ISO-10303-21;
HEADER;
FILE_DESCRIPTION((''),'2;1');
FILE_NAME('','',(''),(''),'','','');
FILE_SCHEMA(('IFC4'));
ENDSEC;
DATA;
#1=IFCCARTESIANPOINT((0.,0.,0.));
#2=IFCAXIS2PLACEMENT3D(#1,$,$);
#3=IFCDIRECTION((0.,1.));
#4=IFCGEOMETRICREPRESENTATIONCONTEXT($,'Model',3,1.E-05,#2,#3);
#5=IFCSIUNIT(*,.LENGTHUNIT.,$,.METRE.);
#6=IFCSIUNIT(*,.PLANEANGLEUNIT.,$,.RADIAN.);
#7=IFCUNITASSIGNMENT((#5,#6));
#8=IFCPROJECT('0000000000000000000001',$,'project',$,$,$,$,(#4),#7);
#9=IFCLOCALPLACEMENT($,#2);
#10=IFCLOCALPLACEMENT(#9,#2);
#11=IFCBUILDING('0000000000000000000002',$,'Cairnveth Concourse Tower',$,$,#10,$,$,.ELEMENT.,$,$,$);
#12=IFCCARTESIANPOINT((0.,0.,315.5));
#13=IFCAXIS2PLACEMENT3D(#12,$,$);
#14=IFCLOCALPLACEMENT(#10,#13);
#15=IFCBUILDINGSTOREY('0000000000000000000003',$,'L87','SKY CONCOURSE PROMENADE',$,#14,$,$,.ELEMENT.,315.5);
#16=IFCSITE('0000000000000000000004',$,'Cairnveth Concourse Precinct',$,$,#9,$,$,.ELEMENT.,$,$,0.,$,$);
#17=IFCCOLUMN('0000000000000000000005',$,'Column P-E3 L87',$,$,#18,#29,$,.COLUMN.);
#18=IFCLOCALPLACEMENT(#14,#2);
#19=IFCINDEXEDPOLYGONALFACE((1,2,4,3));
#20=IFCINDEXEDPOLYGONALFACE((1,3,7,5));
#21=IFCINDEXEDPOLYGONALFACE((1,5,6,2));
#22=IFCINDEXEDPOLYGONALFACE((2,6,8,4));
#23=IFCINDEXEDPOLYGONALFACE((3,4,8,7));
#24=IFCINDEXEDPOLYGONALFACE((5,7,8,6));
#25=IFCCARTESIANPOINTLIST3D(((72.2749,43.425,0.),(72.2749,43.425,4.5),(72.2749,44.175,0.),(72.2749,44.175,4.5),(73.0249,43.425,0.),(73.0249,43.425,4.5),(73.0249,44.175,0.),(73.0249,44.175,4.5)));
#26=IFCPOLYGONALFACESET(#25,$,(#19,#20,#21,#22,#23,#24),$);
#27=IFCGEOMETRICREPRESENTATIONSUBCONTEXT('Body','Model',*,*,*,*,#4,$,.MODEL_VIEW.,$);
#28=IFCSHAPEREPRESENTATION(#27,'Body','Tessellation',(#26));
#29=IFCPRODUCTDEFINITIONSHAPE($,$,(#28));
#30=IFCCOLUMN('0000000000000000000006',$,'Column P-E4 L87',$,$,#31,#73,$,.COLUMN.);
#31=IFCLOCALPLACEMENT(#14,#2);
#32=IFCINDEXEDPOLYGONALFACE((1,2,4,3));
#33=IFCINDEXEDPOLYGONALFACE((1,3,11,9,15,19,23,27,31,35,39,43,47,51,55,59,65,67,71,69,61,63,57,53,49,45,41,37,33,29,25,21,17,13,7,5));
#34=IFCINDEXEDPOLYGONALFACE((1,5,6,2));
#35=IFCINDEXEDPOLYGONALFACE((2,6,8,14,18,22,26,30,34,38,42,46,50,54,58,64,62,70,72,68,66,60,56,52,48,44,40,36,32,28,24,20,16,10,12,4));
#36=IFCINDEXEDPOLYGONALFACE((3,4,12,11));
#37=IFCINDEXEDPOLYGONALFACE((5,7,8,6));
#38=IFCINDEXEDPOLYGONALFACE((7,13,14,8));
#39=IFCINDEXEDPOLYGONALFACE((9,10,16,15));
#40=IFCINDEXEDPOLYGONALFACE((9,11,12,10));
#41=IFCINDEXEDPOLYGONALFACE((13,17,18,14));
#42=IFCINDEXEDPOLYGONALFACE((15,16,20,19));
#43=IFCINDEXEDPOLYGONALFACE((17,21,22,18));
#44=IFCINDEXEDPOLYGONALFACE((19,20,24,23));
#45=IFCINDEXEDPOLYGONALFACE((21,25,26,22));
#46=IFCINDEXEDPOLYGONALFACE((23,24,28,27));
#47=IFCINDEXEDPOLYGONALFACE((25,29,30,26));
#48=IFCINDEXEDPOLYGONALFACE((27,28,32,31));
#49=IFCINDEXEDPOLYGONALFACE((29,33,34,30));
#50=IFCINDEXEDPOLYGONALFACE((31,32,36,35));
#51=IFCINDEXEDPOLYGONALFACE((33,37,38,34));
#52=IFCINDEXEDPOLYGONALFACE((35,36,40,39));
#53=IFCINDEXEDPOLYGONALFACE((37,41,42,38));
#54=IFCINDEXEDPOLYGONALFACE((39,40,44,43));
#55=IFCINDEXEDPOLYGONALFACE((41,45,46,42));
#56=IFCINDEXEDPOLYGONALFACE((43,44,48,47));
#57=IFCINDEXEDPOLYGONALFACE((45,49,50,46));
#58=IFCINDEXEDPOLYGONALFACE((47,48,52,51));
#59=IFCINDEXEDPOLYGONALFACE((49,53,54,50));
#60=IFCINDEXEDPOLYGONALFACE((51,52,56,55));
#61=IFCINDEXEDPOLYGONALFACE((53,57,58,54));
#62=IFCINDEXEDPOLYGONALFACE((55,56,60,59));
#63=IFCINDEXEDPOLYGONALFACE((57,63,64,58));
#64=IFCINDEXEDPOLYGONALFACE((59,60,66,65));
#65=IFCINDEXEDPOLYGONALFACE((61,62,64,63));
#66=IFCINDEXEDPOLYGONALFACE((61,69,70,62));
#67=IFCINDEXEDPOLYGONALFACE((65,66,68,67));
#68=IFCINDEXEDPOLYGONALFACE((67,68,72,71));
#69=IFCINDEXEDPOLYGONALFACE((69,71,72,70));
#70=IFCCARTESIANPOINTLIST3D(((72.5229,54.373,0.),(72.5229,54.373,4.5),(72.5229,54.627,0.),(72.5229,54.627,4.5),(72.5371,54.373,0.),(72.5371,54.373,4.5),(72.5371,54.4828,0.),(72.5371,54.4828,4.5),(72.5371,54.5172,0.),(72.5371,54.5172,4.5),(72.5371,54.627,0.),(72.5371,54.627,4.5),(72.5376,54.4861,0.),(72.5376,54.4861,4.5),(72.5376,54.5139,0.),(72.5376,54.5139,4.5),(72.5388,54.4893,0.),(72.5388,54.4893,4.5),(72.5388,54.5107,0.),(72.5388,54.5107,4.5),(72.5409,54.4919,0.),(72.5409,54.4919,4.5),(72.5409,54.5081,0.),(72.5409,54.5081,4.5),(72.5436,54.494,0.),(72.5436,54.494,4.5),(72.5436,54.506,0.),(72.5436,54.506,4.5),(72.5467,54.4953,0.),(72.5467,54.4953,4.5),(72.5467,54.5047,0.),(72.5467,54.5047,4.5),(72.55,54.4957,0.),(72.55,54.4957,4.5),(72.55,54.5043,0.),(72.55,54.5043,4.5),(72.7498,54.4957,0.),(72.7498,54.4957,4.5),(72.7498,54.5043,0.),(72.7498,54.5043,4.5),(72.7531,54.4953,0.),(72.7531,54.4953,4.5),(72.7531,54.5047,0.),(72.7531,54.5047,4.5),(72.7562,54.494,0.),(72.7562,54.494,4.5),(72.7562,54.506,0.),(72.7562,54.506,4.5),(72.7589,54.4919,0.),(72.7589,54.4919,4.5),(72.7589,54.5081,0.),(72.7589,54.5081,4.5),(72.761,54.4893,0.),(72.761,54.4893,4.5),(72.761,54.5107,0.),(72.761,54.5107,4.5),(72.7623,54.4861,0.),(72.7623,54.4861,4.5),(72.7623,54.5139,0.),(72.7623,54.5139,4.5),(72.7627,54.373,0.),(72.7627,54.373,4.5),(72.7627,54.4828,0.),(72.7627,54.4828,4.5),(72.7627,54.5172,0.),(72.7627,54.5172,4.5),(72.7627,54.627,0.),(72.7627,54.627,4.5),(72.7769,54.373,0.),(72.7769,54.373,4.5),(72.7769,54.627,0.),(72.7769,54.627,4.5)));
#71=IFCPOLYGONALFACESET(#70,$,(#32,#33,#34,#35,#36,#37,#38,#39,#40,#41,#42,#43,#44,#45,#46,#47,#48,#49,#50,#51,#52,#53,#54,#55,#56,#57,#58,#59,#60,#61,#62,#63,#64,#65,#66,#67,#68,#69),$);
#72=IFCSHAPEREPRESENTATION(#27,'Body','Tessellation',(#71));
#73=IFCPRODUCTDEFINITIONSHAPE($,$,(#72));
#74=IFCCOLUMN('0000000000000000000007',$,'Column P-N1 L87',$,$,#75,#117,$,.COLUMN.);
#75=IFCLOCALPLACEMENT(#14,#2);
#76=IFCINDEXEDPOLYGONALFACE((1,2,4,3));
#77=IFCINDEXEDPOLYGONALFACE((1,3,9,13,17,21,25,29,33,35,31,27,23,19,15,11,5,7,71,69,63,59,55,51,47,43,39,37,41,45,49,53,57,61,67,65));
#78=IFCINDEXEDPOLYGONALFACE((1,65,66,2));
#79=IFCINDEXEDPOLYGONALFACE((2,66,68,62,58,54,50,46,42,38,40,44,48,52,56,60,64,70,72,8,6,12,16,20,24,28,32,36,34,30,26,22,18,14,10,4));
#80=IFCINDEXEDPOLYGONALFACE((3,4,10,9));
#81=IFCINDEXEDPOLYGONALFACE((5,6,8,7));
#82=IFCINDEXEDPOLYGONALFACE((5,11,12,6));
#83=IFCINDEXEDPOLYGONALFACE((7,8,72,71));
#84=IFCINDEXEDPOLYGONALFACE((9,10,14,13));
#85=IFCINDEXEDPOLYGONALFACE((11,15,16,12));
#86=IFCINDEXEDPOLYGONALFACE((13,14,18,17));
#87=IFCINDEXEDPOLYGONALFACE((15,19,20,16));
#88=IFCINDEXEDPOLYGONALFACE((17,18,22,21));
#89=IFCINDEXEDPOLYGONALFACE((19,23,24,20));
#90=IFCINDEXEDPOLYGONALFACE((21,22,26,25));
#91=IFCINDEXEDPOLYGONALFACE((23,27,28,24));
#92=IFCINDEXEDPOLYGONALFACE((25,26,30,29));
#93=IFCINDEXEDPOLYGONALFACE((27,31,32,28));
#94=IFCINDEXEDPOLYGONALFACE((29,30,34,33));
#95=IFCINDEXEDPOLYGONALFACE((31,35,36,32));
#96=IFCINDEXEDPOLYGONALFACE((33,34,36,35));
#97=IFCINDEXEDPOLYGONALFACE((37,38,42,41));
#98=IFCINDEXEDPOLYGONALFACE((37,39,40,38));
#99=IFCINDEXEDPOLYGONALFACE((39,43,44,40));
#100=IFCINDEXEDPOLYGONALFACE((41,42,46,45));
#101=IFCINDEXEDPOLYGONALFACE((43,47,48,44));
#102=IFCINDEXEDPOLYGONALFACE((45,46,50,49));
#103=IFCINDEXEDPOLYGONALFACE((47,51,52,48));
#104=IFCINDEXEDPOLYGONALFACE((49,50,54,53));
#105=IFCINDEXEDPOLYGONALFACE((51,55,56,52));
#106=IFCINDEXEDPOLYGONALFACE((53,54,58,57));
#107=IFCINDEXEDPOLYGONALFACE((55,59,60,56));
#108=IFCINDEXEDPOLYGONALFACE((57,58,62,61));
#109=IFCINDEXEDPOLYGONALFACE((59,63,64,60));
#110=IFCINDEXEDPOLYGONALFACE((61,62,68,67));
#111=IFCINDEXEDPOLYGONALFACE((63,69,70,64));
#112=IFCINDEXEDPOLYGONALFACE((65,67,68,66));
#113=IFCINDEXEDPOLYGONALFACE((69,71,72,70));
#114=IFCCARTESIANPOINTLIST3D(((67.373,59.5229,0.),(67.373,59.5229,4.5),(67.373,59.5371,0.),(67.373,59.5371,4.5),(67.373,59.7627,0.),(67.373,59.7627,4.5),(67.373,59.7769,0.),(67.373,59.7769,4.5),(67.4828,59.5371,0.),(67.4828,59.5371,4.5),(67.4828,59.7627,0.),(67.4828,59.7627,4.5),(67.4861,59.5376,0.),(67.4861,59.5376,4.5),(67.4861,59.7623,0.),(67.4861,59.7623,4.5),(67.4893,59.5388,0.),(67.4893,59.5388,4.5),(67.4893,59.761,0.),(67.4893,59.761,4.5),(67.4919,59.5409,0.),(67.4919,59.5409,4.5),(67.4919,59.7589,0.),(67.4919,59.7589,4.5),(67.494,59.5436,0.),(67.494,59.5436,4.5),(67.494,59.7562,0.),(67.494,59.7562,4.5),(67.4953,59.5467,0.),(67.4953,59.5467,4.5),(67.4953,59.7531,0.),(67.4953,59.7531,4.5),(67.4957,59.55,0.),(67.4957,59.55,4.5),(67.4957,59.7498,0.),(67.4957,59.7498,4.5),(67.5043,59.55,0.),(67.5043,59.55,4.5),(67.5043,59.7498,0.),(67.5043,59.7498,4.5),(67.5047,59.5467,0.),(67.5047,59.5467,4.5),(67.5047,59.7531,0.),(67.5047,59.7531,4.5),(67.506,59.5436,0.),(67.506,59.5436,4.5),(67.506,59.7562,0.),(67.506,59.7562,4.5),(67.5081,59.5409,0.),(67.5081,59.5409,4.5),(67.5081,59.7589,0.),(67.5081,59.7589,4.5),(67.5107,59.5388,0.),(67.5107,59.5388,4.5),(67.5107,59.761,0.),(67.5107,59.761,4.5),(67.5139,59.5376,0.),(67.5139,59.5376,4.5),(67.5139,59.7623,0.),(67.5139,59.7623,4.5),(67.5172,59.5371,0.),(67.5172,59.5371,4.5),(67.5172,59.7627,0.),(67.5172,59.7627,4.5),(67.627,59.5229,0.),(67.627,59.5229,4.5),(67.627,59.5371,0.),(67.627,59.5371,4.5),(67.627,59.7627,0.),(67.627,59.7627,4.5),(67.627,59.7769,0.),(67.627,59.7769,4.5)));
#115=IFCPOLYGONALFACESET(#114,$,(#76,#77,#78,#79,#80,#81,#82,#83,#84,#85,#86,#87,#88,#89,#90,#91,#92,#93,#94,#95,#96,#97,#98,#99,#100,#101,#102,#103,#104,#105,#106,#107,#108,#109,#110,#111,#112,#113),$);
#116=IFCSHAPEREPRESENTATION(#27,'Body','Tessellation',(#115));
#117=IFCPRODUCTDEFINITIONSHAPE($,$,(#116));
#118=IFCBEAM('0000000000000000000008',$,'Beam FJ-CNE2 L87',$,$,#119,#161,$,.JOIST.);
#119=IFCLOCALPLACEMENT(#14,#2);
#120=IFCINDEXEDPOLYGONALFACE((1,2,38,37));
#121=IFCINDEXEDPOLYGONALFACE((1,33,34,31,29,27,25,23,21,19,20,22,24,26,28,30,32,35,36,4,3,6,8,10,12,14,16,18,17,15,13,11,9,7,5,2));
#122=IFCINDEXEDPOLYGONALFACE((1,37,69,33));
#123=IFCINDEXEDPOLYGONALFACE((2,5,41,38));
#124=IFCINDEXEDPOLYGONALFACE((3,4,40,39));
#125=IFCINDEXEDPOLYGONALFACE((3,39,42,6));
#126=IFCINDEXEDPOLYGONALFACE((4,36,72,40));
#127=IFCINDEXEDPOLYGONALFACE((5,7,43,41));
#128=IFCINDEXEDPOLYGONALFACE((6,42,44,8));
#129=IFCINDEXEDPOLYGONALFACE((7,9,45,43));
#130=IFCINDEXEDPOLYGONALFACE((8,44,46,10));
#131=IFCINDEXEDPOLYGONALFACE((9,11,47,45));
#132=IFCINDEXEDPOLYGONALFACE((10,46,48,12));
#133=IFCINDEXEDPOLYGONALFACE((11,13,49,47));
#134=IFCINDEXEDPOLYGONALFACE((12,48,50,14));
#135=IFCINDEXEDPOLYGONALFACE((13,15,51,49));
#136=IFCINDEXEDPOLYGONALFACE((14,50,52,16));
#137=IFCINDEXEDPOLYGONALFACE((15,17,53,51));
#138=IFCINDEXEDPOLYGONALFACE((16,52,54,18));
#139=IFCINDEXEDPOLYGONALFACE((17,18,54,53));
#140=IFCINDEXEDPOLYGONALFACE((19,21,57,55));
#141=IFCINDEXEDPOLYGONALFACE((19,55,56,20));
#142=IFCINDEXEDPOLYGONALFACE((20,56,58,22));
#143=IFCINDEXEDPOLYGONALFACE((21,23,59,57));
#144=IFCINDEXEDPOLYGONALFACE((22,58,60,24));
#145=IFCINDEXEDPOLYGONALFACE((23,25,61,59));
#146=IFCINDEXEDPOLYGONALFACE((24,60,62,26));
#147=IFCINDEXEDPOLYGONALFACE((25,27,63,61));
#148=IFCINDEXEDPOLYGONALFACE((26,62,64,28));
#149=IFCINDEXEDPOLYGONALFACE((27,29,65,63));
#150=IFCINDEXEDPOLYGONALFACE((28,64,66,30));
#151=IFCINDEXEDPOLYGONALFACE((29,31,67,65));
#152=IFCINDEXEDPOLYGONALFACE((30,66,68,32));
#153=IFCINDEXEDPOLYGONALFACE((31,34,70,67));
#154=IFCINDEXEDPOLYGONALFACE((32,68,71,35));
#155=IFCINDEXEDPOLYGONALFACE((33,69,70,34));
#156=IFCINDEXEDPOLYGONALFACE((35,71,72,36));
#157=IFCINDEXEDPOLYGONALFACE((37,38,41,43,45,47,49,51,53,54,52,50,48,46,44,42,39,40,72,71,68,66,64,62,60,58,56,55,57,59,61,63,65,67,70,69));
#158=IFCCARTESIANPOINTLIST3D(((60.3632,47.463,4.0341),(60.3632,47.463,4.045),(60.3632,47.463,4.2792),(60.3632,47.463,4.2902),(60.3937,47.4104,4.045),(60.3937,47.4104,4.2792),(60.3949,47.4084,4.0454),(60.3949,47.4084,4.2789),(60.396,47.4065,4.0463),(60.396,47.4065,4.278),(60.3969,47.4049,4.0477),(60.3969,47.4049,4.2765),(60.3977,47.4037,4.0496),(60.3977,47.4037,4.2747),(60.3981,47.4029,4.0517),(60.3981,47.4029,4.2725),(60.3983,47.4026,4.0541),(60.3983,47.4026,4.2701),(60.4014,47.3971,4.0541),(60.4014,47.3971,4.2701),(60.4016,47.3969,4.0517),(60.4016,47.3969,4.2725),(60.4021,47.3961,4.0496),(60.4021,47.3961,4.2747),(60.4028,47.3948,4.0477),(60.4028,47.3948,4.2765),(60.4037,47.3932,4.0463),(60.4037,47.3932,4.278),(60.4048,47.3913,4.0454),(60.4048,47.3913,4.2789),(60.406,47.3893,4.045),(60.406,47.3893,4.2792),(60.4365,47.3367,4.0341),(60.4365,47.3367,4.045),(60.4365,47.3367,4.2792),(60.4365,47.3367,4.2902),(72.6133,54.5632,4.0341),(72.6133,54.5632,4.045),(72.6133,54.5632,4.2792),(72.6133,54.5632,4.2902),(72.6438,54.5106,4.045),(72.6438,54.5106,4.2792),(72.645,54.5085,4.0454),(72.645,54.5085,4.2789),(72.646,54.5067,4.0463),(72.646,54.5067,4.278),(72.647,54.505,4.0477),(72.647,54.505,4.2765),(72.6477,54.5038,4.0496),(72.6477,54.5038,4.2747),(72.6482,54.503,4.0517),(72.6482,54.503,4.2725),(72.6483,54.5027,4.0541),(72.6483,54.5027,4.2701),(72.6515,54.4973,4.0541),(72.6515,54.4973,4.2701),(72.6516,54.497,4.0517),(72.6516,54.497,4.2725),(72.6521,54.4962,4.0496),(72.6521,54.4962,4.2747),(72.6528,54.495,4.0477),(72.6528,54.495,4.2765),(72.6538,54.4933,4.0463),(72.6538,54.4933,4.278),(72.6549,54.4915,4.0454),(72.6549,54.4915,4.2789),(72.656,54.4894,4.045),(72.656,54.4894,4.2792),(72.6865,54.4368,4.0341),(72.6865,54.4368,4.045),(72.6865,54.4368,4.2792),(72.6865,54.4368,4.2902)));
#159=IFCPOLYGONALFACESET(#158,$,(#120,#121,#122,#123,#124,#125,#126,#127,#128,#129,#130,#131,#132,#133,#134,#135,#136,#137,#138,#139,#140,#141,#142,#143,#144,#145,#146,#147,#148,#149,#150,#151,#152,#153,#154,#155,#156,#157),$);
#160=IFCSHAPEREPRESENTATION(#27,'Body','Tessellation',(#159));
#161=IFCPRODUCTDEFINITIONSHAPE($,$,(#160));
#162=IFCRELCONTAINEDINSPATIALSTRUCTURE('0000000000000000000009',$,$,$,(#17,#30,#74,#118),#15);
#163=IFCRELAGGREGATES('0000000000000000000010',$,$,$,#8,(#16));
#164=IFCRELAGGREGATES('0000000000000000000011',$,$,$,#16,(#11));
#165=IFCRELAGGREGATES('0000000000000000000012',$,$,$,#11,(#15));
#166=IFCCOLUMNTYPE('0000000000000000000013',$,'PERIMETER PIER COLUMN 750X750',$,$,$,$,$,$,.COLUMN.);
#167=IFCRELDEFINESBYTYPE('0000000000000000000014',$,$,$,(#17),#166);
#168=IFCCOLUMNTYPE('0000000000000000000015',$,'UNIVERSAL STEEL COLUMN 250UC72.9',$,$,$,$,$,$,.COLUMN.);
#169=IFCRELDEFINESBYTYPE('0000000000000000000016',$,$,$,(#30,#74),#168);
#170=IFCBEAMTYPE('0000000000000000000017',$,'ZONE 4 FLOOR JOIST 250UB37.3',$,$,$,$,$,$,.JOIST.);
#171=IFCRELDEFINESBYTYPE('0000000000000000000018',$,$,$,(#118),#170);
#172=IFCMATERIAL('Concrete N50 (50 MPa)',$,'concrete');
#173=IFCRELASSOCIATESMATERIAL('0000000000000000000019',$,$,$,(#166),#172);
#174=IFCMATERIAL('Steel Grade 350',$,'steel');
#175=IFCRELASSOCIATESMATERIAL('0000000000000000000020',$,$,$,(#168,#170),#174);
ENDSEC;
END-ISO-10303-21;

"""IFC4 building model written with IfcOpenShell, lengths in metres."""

from ifc_helpers import new_model, si_unit, direction, frame, origin, origin_2d, place, context, subcontext, project, spatial, rectangle, i_section, extrude, material, material_profile, profile_set, type_object, element, save


model = new_model("IFC4")

# Units and contexts
model_context = context("Model", 3, precision=1e-05, world=origin(), true_north=direction((0.0, 1.0)))
body_context = subcontext(model_context, "Body", "Model", "MODEL_VIEW")
ifc_project = project(units=[si_unit("LENGTHUNIT", "METRE"), si_unit("PLANEANGLEUNIT", "RADIAN")], contexts=[model_context])

# Site, building, storey
site_placement = place(None, origin())
site = spatial("IfcSite", under=ifc_project, at=site_placement, Name="Cairnveth Concourse Precinct", CompositionType="ELEMENT", RefElevation=0.0)
building_placement = place(site_placement, origin())
building = spatial("IfcBuilding", under=site, at=building_placement, Name="Cairnveth Concourse Tower", CompositionType="ELEMENT")
storey_placement = place(building_placement, frame((0.0, 0.0, 315.5)))
storey = spatial("IfcBuildingStorey", under=building, at=storey_placement, Name="L87", Description="SKY CONCOURSE PROMENADE", CompositionType="ELEMENT", Elevation=315.5)

# Columns
ifc_material_1 = material(Name="Concrete N50 (50 MPa)", Category="concrete")
ifc_material_profile_1 = material_profile(ifc_material_1, rectangle(XDim=0.75, YDim=0.75, at=origin_2d()), Name="RC-COL-750x750")
ifc_profile_set_1 = profile_set([ifc_material_profile_1], Name="Concrete N50 (50 MPa)")
column_type_1 = type_object("IfcColumnType", Name="PERIMETER PIER COLUMN 750X750", PredefinedType="COLUMN", material=ifc_profile_set_1)
column_placement = place(storey_placement, frame((72.6499, 43.8, 0.0), z_axis=(0.0, 0.0, 1.0), x_axis=(0.0, 1.0, 0.0)))
element("IfcColumn", 1, at=column_placement, inside=storey, type_object=column_type_1, Name="Column P-E3 L87", PredefinedType="COLUMN", context=body_context, shape_type="SweptSolid", body=[
    extrude(rectangle(XDim=0.75, YDim=0.75, at=origin_2d()), origin(), (0.0, 0.0, 1.0), 4.5),
])
ifc_material_2 = material(Name="Steel Grade 350", Category="steel")
ifc_material_profile_2 = material_profile(ifc_material_2, i_section(OverallWidth=0.2539, OverallDepth=0.2539, WebThickness=0.0085, FlangeThickness=0.0142, FilletRadius=0.0129, at=origin_2d()), Name="250UC72.9")
ifc_profile_set_2 = profile_set([ifc_material_profile_2], Name="Steel Grade 350")
column_type_2 = type_object("IfcColumnType", Name="UNIVERSAL STEEL COLUMN 250UC72.9", PredefinedType="COLUMN", material=ifc_profile_set_2)
for number, where, z_axis, x_axis, name in (
    (2, (72.6499, 54.5, 0.0), (0.0, 0.0, 1.0), (0.0, 1.0, 0.0), "Column P-E4 L87"),
    (3, (67.5, 59.6499, 0.0), (0.0, 0.0, 1.0), (1.0, 0.0, 0.0), "Column P-N1 L87"),
):
    element("IfcColumn", number, at=place(storey_placement, frame(where, z_axis=z_axis, x_axis=x_axis)), inside=storey, type_object=column_type_2, Name=name, PredefinedType="COLUMN", context=body_context, shape_type="SweptSolid", body=[
        extrude(i_section(OverallWidth=0.2539, OverallDepth=0.2539, WebThickness=0.0085, FlangeThickness=0.0142, FilletRadius=0.0129, at=origin_2d()), origin(), (0.0, 0.0, 1.0), 4.5),
    ])

# Beam
ifc_material_profile_3 = material_profile(ifc_material_2, i_section(OverallWidth=0.146, OverallDepth=0.2561, WebThickness=0.0063, FlangeThickness=0.011, FilletRadius=0.009, at=origin_2d()), Name="250UB37.3")
ifc_profile_set_3 = profile_set([ifc_material_profile_3], Name="Steel Grade 350")
beam_type_1 = type_object("IfcBeamType", Name="ZONE 4 FLOOR JOIST 250UB37.3", PredefinedType="JOIST", material=ifc_profile_set_3)
beam_1_placement = place(storey_placement, frame((72.6499, 54.5, 4.1621), z_axis=(-0.865181, -0.501459, 0.0), x_axis=(0.501459, -0.865181, 0.0)))
element("IfcBeam", 4, at=beam_1_placement, inside=storey, type_object=beam_type_1, Name="Beam FJ-CNE2 L87", PredefinedType="JOIST", context=body_context, shape_type="SweptSolid", body=[
    extrude(i_section(OverallWidth=0.146, OverallDepth=0.2561, WebThickness=0.0063, FlangeThickness=0.011, FilletRadius=0.009, at=origin_2d()), origin(), (0.0, 0.0, 1.0), 14.1589),
])

save(model, "model.ifc")
